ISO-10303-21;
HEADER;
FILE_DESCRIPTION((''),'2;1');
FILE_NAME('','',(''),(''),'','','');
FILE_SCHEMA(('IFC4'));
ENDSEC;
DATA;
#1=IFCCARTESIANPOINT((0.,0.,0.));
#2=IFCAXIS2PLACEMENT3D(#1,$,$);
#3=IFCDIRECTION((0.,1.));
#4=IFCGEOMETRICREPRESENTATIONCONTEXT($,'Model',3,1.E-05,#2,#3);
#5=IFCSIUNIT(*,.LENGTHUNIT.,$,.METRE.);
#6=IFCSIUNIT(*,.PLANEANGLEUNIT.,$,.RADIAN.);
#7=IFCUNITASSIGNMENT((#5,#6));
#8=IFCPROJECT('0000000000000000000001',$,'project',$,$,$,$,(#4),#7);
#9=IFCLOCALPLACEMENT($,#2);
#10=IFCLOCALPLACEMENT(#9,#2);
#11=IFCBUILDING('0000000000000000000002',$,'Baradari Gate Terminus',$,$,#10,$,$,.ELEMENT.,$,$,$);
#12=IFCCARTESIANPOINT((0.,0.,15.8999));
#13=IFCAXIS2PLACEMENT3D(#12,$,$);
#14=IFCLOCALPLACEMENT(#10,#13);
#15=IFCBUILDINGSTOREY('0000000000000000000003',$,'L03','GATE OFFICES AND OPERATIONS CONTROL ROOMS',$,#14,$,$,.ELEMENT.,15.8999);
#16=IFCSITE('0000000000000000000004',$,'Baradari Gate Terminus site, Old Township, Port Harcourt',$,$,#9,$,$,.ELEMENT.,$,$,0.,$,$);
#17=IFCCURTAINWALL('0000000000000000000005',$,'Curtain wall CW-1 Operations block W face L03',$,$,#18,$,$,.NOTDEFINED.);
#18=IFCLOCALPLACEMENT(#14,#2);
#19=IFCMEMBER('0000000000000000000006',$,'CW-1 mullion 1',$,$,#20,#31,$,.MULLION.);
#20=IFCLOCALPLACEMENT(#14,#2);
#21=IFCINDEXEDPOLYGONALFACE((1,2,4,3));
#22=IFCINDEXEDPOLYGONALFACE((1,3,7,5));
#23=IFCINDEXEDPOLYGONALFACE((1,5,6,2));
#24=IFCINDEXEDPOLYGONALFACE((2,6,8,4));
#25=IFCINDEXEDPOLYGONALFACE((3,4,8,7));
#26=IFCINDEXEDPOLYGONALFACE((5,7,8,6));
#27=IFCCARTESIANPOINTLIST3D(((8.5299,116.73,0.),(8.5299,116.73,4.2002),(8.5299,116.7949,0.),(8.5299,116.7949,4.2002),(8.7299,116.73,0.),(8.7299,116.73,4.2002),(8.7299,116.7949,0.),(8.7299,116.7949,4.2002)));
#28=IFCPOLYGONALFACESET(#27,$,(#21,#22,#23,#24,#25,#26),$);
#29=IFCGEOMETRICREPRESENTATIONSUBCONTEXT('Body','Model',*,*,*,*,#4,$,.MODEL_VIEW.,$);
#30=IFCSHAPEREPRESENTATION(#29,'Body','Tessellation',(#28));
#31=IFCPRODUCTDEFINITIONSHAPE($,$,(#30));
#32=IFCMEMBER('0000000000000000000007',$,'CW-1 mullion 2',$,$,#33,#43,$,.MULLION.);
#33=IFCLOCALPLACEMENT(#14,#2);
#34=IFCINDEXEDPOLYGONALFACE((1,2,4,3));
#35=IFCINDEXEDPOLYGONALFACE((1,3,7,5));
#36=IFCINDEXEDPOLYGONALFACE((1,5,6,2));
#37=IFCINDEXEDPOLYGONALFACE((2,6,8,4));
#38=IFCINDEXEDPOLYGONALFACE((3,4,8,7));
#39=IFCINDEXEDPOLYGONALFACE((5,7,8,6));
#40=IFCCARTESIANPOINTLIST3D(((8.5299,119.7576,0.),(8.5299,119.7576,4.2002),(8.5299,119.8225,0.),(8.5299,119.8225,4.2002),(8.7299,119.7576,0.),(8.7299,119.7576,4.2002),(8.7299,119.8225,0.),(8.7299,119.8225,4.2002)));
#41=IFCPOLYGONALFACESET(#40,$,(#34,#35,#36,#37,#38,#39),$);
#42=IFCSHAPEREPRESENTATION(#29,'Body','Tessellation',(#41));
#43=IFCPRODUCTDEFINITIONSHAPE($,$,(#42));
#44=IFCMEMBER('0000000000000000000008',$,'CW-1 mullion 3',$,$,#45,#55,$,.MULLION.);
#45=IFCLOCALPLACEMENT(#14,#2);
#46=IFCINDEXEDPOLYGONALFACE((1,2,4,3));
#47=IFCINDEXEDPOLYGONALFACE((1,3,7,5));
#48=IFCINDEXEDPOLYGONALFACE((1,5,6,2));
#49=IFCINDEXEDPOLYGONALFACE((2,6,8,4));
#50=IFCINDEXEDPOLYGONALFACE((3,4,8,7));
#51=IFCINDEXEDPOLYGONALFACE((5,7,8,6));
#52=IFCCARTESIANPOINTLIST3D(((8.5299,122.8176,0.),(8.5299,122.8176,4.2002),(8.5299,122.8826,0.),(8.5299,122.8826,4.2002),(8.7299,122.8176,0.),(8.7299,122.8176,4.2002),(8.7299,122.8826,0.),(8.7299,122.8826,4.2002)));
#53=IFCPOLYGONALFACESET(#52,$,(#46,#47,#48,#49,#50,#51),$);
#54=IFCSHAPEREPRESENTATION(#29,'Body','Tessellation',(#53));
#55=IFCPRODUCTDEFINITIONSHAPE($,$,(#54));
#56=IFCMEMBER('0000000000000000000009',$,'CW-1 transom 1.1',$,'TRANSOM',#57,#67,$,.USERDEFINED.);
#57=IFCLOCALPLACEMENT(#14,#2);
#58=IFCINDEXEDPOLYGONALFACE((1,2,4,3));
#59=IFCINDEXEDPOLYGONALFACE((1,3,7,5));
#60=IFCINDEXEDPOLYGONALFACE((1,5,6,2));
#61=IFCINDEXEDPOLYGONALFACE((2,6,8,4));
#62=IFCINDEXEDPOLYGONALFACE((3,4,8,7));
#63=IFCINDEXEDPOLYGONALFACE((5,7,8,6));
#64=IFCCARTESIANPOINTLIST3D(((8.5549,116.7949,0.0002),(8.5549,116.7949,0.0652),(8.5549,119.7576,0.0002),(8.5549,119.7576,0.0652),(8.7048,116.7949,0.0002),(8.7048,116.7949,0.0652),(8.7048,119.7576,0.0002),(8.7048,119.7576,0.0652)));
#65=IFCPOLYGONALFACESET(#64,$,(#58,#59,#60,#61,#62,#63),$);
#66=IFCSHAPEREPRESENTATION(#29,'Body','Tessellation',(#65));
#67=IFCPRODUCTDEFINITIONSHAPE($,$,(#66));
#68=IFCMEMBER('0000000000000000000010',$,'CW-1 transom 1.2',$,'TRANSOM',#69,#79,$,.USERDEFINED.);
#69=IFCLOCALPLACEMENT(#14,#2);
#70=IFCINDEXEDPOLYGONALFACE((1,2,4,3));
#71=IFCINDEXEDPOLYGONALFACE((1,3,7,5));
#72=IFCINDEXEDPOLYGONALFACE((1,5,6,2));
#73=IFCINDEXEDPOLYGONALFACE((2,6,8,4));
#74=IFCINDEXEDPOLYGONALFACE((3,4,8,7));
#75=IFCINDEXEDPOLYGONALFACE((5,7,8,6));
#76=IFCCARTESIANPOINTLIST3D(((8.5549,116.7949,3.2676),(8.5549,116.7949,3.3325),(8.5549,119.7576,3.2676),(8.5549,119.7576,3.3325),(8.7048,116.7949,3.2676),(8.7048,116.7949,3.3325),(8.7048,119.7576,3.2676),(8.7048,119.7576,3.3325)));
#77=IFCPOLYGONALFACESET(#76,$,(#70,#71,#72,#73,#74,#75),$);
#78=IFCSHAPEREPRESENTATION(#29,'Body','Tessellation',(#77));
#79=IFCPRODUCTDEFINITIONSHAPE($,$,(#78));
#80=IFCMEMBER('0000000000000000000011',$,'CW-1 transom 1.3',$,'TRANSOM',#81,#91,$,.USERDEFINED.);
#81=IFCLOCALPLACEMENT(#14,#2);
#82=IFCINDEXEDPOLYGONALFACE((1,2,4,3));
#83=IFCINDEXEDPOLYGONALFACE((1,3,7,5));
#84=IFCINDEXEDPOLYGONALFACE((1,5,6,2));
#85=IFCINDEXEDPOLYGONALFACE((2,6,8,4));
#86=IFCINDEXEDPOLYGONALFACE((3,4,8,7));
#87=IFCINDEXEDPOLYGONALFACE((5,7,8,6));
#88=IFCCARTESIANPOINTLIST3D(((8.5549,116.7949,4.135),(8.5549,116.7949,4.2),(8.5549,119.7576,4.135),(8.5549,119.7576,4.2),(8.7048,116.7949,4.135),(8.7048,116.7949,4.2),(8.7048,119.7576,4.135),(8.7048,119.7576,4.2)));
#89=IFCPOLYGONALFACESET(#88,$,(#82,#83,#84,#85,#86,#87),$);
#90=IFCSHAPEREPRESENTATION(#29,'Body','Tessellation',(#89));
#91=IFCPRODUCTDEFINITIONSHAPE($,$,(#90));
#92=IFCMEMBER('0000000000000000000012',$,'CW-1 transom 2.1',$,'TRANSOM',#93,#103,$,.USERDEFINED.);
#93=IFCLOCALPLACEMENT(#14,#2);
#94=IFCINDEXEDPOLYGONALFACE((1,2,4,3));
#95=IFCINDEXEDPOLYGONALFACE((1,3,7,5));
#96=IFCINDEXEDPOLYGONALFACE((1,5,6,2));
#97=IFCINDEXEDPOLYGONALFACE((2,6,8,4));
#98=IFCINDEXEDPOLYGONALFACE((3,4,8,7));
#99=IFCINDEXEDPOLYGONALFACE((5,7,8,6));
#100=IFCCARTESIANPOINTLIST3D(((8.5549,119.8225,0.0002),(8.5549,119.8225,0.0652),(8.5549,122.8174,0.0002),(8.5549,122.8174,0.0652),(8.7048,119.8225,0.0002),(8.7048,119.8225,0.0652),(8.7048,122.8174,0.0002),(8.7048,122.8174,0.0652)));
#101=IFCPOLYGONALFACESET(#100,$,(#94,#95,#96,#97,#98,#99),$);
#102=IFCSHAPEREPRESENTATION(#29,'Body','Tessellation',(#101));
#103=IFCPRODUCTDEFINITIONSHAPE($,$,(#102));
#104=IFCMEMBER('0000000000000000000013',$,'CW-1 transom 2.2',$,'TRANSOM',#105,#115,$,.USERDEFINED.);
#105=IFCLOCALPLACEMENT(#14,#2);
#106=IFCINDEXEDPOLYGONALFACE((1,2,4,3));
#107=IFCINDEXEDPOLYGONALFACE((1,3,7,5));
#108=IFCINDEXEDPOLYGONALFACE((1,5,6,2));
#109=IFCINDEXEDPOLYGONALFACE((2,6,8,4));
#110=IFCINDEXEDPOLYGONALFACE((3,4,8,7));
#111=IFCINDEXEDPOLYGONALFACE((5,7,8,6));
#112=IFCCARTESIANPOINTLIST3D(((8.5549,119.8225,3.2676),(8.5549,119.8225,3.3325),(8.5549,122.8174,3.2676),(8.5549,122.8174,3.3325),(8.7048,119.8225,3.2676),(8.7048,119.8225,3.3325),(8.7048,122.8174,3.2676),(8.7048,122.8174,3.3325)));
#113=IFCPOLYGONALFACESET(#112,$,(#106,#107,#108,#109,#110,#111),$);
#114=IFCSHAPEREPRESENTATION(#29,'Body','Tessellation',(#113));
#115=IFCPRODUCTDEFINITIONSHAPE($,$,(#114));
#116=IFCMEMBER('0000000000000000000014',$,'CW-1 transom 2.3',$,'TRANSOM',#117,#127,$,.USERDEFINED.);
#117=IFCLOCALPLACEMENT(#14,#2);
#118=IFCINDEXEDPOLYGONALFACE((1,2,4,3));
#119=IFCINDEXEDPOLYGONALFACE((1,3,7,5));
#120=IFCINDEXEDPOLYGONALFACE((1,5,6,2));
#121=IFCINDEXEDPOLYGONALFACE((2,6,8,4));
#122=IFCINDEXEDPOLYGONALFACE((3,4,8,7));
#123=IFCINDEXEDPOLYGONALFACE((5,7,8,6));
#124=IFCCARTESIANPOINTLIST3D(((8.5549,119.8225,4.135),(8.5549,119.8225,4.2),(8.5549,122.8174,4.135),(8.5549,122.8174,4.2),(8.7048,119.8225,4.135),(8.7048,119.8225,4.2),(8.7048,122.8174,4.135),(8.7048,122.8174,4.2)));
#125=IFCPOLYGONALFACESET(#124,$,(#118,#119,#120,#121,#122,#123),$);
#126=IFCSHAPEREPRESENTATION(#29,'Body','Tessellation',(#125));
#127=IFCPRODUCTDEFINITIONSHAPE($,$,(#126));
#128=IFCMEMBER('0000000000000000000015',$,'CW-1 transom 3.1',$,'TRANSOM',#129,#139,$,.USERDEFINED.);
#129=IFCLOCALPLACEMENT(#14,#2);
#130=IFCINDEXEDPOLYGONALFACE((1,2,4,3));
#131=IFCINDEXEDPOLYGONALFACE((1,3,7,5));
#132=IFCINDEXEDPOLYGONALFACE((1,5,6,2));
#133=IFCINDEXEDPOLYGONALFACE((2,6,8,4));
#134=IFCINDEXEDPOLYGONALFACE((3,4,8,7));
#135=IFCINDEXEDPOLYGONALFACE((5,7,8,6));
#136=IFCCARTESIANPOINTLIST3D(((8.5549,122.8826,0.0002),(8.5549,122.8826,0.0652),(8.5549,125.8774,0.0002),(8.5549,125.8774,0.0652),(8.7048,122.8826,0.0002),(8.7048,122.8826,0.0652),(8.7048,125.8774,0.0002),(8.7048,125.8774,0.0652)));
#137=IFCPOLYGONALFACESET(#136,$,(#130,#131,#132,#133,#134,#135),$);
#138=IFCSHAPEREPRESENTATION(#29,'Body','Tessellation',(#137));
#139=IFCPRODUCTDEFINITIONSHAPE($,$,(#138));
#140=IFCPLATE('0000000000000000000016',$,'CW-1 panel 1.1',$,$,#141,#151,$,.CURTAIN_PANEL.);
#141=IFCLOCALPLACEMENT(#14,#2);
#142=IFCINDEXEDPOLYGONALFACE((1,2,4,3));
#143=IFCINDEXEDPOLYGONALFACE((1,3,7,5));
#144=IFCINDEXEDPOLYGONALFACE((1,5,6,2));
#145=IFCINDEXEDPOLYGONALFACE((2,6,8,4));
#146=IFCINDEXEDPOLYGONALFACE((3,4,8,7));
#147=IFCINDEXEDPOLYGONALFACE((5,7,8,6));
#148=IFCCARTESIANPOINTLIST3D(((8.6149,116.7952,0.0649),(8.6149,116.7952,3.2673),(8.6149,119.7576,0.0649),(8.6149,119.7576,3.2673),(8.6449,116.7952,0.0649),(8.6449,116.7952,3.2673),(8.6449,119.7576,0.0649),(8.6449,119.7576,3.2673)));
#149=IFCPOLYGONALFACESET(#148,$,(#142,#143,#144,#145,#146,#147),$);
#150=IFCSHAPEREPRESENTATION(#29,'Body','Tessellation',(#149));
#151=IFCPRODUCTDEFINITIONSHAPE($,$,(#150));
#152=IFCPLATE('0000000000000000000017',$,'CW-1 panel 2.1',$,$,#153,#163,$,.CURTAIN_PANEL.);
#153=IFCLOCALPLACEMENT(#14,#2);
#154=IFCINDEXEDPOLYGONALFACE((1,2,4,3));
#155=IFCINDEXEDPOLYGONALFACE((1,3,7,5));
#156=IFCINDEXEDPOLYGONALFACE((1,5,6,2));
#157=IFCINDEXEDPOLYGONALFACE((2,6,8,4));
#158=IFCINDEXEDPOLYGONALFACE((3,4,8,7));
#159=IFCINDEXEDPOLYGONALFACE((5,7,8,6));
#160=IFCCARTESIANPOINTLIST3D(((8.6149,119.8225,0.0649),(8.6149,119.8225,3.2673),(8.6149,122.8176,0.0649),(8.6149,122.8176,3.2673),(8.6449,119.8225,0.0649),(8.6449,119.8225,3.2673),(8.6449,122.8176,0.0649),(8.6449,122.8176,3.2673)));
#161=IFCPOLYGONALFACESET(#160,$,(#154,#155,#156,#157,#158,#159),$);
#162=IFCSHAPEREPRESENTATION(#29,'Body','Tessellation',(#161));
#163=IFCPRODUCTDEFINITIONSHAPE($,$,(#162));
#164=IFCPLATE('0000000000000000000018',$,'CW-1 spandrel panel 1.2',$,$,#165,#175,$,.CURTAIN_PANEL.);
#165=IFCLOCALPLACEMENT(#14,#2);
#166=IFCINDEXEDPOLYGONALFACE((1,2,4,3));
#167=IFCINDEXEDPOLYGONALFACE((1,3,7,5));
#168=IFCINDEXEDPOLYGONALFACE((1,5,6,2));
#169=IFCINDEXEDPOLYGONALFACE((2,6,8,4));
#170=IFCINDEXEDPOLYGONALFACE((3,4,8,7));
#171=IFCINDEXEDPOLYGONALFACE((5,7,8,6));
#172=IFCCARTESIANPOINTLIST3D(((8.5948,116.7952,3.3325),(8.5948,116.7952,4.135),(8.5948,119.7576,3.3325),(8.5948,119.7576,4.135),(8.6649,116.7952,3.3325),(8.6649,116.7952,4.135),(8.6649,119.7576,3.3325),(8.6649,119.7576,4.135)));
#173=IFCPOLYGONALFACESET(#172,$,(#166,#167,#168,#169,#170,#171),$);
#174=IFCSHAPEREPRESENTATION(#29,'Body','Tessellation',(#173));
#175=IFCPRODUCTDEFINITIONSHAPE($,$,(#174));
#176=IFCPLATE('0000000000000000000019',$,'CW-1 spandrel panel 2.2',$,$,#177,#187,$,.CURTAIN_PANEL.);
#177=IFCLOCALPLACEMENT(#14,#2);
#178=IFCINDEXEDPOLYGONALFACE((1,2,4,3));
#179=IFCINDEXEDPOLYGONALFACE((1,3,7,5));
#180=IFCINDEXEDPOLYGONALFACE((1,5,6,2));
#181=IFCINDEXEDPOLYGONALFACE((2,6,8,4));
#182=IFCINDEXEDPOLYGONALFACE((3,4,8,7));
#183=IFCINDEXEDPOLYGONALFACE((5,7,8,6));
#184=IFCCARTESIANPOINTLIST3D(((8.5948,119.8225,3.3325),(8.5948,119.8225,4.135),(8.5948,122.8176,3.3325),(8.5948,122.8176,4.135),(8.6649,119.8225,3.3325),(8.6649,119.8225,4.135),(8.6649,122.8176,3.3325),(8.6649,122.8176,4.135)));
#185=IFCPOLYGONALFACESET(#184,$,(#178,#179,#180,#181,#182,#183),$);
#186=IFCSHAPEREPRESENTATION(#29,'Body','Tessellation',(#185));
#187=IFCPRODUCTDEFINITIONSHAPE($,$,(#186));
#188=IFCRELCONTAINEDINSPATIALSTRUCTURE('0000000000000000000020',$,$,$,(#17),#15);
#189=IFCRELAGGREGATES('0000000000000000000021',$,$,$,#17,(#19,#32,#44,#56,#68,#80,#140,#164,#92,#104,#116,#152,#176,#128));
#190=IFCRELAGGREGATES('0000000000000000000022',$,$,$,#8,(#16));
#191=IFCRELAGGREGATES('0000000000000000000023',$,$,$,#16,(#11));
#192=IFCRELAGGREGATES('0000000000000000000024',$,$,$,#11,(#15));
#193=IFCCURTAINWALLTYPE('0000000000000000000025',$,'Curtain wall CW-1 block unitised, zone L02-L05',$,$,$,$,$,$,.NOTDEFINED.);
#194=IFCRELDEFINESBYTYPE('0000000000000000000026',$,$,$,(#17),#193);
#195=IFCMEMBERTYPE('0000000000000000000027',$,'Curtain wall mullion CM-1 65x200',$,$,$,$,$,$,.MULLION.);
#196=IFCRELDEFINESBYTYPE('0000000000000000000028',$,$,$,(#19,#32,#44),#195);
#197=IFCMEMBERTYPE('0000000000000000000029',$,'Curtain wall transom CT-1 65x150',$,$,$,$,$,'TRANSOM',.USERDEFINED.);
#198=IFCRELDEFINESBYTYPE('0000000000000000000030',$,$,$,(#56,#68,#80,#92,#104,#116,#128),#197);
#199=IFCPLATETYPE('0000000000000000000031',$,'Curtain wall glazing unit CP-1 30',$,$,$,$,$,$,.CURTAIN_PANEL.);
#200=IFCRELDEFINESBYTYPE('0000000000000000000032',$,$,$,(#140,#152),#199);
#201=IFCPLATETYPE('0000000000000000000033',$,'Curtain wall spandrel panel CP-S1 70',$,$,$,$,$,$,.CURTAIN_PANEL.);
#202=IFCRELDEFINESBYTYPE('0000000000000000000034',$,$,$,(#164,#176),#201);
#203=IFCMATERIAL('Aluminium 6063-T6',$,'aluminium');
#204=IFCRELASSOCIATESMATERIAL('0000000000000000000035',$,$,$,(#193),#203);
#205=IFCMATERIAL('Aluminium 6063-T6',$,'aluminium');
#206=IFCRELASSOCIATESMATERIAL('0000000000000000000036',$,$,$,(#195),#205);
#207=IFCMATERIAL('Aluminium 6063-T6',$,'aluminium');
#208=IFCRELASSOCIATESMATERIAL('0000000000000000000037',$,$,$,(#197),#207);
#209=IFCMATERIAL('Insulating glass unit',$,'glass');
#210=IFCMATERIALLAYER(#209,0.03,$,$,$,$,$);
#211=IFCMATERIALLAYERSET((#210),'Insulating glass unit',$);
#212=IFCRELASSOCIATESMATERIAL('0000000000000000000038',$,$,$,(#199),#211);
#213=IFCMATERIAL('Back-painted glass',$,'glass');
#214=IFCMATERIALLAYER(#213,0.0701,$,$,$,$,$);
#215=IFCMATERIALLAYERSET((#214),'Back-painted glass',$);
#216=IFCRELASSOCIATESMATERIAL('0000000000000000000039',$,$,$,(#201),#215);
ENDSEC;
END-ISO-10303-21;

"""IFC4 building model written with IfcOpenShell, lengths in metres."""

from ifc_helpers import new_model, si_unit, direction, frame, origin, origin_2d, place, context, subcontext, project, spatial, rectangle, extrude, material, layer, layer_set, material_profile, profile_set, type_object, element, aggregate, save


model = new_model("IFC4")

# Units and contexts
model_context = context("Model", 3, precision=1e-05, world=origin(), true_north=direction((0.0, 1.0)))
body_context = subcontext(model_context, "Body", "Model", "MODEL_VIEW")
ifc_project = project(units=[si_unit("LENGTHUNIT", "METRE"), si_unit("PLANEANGLEUNIT", "RADIAN")], contexts=[model_context])

# Site, building, storey
site_placement = place(None, origin())
site = spatial("IfcSite", under=ifc_project, at=site_placement, Name="Baradari Gate Terminus site, Old Township, Port Harcourt", CompositionType="ELEMENT", RefElevation=0.0)
building_placement = place(site_placement, origin())
building = spatial("IfcBuilding", under=site, at=building_placement, Name="Baradari Gate Terminus", CompositionType="ELEMENT")
storey_placement = place(building_placement, frame((0.0, 0.0, 15.8999)))
storey = spatial("IfcBuildingStorey", under=building, at=storey_placement, Name="L03", Description="GATE OFFICES AND OPERATIONS CONTROL ROOMS", CompositionType="ELEMENT", Elevation=15.8999)

# Curtain wall, members, plates
ifc_material_1 = material(Name="Aluminium 6063-T6", Category="aluminium")
curtain_wall_type = type_object("IfcCurtainWallType", Name="Curtain wall CW-1 block unitised, zone L02-L05", PredefinedType="NOTDEFINED", material=ifc_material_1)
curtain_wall_placement = place(storey_placement, origin())
curtain_wall = element("IfcCurtainWall", 1, at=curtain_wall_placement, inside=storey, type_object=curtain_wall_type, Name="Curtain wall CW-1 Operations block W face L03", PredefinedType="NOTDEFINED")
ifc_material_2 = material(Name="Aluminium 6063-T6", Category="aluminium")
ifc_material_profile_1 = material_profile(ifc_material_2, rectangle(XDim=0.2, YDim=0.0649, at=origin_2d()), Name="CM-1 65X200")
ifc_profile_set_1 = profile_set([ifc_material_profile_1], Name="Aluminium 6063-T6")
member_type_1 = type_object("IfcMemberType", Name="Curtain wall mullion CM-1 65x200", PredefinedType="MULLION", material=ifc_profile_set_1)
member_1_placement = place(storey_placement, frame((8.6299, 116.7625, 0.0), z_axis=(0.0, 0.0, 1.0), x_axis=(-1.0, 0.0, 0.0)))
member_1 = element("IfcMember", 2, at=member_1_placement, type_object=member_type_1, Name="CW-1 mullion 1", PredefinedType="MULLION", context=body_context, shape_type="SweptSolid", body=[
    extrude(rectangle(XDim=0.2, YDim=0.0649, at=origin_2d()), origin(), (0.0, 0.0, 1.0), 4.2002),
])
member_2_placement = place(storey_placement, frame((8.6299, 119.79, 0.0), z_axis=(0.0, 0.0, 1.0), x_axis=(-1.0, 0.0, 0.0)))
member_2 = element("IfcMember", 3, at=member_2_placement, type_object=member_type_1, Name="CW-1 mullion 2", PredefinedType="MULLION", context=body_context, shape_type="SweptSolid", body=[
    extrude(rectangle(XDim=0.2, YDim=0.0649, at=origin_2d()), origin(), (0.0, 0.0, 1.0), 4.2002),
])
member_3_placement = place(storey_placement, frame((8.6299, 122.8501, 0.0), z_axis=(0.0, 0.0, 1.0), x_axis=(-1.0, 0.0, 0.0)))
member_3 = element("IfcMember", 4, at=member_3_placement, type_object=member_type_1, Name="CW-1 mullion 3", PredefinedType="MULLION", context=body_context, shape_type="SweptSolid", body=[
    extrude(rectangle(XDim=0.2, YDim=0.0649, at=origin_2d()), origin(), (0.0, 0.0, 1.0), 4.2002),
])
ifc_material_3 = material(Name="Aluminium 6063-T6", Category="aluminium")
ifc_material_profile_2 = material_profile(ifc_material_3, rectangle(XDim=0.1499, YDim=0.0649, at=origin_2d()), Name="CT-1 65X150")
ifc_profile_set_2 = profile_set([ifc_material_profile_2], Name="Aluminium 6063-T6")
member_type_2 = type_object("IfcMemberType", Name="Curtain wall transom CT-1 65x150", ElementType="TRANSOM", PredefinedType="USERDEFINED", material=ifc_profile_set_2)
member_4_placement = place(storey_placement, frame((8.6299, 116.7949, 0.0327), z_axis=(0.0, 1.0, 0.0), x_axis=(-1.0, 0.0, 0.0)))
member_4 = element("IfcMember", 5, at=member_4_placement, type_object=member_type_2, Name="CW-1 transom 1.1", ObjectType="TRANSOM", PredefinedType="USERDEFINED", context=body_context, shape_type="SweptSolid", body=[
    extrude(rectangle(XDim=0.1499, YDim=0.0649, at=origin_2d()), origin(), (0.0, 0.0, 1.0), 2.9626),
])
member_5_placement = place(storey_placement, frame((8.6299, 116.7949, 3.3), z_axis=(0.0, 1.0, 0.0), x_axis=(-1.0, 0.0, 0.0)))
member_5 = element("IfcMember", 6, at=member_5_placement, type_object=member_type_2, Name="CW-1 transom 1.2", ObjectType="TRANSOM", PredefinedType="USERDEFINED", context=body_context, shape_type="SweptSolid", body=[
    extrude(rectangle(XDim=0.1499, YDim=0.0649, at=origin_2d()), origin(), (0.0, 0.0, 1.0), 2.9626),
])
member_6_placement = place(storey_placement, frame((8.6299, 116.7949, 4.1675), z_axis=(0.0, 1.0, 0.0), x_axis=(-1.0, 0.0, 0.0)))
member_6 = element("IfcMember", 7, at=member_6_placement, type_object=member_type_2, Name="CW-1 transom 1.3", ObjectType="TRANSOM", PredefinedType="USERDEFINED", context=body_context, shape_type="SweptSolid", body=[
    extrude(rectangle(XDim=0.1499, YDim=0.0649, at=origin_2d()), origin(), (0.0, 0.0, 1.0), 2.9626),
])
member_7_placement = place(storey_placement, frame((8.6299, 119.8225, 0.0327), z_axis=(0.0, 1.0, 0.0), x_axis=(-1.0, 0.0, 0.0)))
member_7 = element("IfcMember", 8, at=member_7_placement, type_object=member_type_2, Name="CW-1 transom 2.1", ObjectType="TRANSOM", PredefinedType="USERDEFINED", context=body_context, shape_type="SweptSolid", body=[
    extrude(rectangle(XDim=0.1499, YDim=0.0649, at=origin_2d()), origin(), (0.0, 0.0, 1.0), 2.9949),
])
member_8_placement = place(storey_placement, frame((8.6299, 119.8225, 3.3), z_axis=(0.0, 1.0, 0.0), x_axis=(-1.0, 0.0, 0.0)))
member_8 = element("IfcMember", 9, at=member_8_placement, type_object=member_type_2, Name="CW-1 transom 2.2", ObjectType="TRANSOM", PredefinedType="USERDEFINED", context=body_context, shape_type="SweptSolid", body=[
    extrude(rectangle(XDim=0.1499, YDim=0.0649, at=origin_2d()), origin(), (0.0, 0.0, 1.0), 2.9949),
])
member_9_placement = place(storey_placement, frame((8.6299, 119.8225, 4.1675), z_axis=(0.0, 1.0, 0.0), x_axis=(-1.0, 0.0, 0.0)))
member_9 = element("IfcMember", 10, at=member_9_placement, type_object=member_type_2, Name="CW-1 transom 2.3", ObjectType="TRANSOM", PredefinedType="USERDEFINED", context=body_context, shape_type="SweptSolid", body=[
    extrude(rectangle(XDim=0.1499, YDim=0.0649, at=origin_2d()), origin(), (0.0, 0.0, 1.0), 2.9949),
])
member_10_placement = place(storey_placement, frame((8.6299, 122.8826, 0.0327), z_axis=(0.0, 1.0, 0.0), x_axis=(-1.0, 0.0, 0.0)))
member_10 = element("IfcMember", 11, at=member_10_placement, type_object=member_type_2, Name="CW-1 transom 3.1", ObjectType="TRANSOM", PredefinedType="USERDEFINED", context=body_context, shape_type="SweptSolid", body=[
    extrude(rectangle(XDim=0.1499, YDim=0.0649, at=origin_2d()), origin(), (0.0, 0.0, 1.0), 2.9949),
])
ifc_material_4 = material(Name="Insulating glass unit", Category="glass")
ifc_layer_1 = layer(ifc_material_4, 0.03)
ifc_layer_set_1 = layer_set([ifc_layer_1], Name="Insulating glass unit")
plate_type_1 = type_object("IfcPlateType", Name="Curtain wall glazing unit CP-1 30", PredefinedType="CURTAIN_PANEL", material=ifc_layer_set_1)
plate_1_placement = place(storey_placement, frame((8.6299, 118.2764, 0.0649), z_axis=(0.0, 0.0, 1.0), x_axis=(0.0, 1.0, 0.0)))
plate_1 = element("IfcPlate", 12, at=plate_1_placement, type_object=plate_type_1, Name="CW-1 panel 1.1", PredefinedType="CURTAIN_PANEL", context=body_context, shape_type="SweptSolid", body=[
    extrude(rectangle(XDim=2.9624, YDim=0.03, at=origin_2d()), origin(), (0.0, 0.0, 1.0), 3.2024),
])
plate_2_placement = place(storey_placement, frame((8.6299, 121.3201, 0.0649), z_axis=(0.0, 0.0, 1.0), x_axis=(0.0, 1.0, 0.0)))
plate_2 = element("IfcPlate", 13, at=plate_2_placement, type_object=plate_type_1, Name="CW-1 panel 2.1", PredefinedType="CURTAIN_PANEL", context=body_context, shape_type="SweptSolid", body=[
    extrude(rectangle(XDim=2.9951, YDim=0.03, at=origin_2d()), origin(), (0.0, 0.0, 1.0), 3.2024),
])
ifc_material_5 = material(Name="Back-painted glass", Category="glass")
ifc_layer_2 = layer(ifc_material_5, 0.0701)
ifc_layer_set_2 = layer_set([ifc_layer_2], Name="Back-painted glass")
plate_type_2 = type_object("IfcPlateType", Name="Curtain wall spandrel panel CP-S1 70", PredefinedType="CURTAIN_PANEL", material=ifc_layer_set_2)
plate_3_placement = place(storey_placement, frame((8.6299, 118.2764, 3.3325), z_axis=(0.0, 0.0, 1.0), x_axis=(0.0, 1.0, 0.0)))
plate_3 = element("IfcPlate", 14, at=plate_3_placement, type_object=plate_type_2, Name="CW-1 spandrel panel 1.2", PredefinedType="CURTAIN_PANEL", context=body_context, shape_type="SweptSolid", body=[
    extrude(rectangle(XDim=2.9624, YDim=0.0701, at=origin_2d()), origin(), (0.0, 0.0, 1.0), 0.8025),
])
plate_4_placement = place(storey_placement, frame((8.6299, 121.3201, 3.3325), z_axis=(0.0, 0.0, 1.0), x_axis=(0.0, 1.0, 0.0)))
plate_4 = element("IfcPlate", 15, at=plate_4_placement, type_object=plate_type_2, Name="CW-1 spandrel panel 2.2", PredefinedType="CURTAIN_PANEL", context=body_context, shape_type="SweptSolid", body=[
    extrude(rectangle(XDim=2.9951, YDim=0.0701, at=origin_2d()), origin(), (0.0, 0.0, 1.0), 0.8025),
])
aggregate(curtain_wall, [member_1, member_2, member_3, member_4, member_5, member_6, plate_1, plate_3, member_7, member_8, member_9, plate_2, plate_4, member_10])

save(model, "model.ifc")
